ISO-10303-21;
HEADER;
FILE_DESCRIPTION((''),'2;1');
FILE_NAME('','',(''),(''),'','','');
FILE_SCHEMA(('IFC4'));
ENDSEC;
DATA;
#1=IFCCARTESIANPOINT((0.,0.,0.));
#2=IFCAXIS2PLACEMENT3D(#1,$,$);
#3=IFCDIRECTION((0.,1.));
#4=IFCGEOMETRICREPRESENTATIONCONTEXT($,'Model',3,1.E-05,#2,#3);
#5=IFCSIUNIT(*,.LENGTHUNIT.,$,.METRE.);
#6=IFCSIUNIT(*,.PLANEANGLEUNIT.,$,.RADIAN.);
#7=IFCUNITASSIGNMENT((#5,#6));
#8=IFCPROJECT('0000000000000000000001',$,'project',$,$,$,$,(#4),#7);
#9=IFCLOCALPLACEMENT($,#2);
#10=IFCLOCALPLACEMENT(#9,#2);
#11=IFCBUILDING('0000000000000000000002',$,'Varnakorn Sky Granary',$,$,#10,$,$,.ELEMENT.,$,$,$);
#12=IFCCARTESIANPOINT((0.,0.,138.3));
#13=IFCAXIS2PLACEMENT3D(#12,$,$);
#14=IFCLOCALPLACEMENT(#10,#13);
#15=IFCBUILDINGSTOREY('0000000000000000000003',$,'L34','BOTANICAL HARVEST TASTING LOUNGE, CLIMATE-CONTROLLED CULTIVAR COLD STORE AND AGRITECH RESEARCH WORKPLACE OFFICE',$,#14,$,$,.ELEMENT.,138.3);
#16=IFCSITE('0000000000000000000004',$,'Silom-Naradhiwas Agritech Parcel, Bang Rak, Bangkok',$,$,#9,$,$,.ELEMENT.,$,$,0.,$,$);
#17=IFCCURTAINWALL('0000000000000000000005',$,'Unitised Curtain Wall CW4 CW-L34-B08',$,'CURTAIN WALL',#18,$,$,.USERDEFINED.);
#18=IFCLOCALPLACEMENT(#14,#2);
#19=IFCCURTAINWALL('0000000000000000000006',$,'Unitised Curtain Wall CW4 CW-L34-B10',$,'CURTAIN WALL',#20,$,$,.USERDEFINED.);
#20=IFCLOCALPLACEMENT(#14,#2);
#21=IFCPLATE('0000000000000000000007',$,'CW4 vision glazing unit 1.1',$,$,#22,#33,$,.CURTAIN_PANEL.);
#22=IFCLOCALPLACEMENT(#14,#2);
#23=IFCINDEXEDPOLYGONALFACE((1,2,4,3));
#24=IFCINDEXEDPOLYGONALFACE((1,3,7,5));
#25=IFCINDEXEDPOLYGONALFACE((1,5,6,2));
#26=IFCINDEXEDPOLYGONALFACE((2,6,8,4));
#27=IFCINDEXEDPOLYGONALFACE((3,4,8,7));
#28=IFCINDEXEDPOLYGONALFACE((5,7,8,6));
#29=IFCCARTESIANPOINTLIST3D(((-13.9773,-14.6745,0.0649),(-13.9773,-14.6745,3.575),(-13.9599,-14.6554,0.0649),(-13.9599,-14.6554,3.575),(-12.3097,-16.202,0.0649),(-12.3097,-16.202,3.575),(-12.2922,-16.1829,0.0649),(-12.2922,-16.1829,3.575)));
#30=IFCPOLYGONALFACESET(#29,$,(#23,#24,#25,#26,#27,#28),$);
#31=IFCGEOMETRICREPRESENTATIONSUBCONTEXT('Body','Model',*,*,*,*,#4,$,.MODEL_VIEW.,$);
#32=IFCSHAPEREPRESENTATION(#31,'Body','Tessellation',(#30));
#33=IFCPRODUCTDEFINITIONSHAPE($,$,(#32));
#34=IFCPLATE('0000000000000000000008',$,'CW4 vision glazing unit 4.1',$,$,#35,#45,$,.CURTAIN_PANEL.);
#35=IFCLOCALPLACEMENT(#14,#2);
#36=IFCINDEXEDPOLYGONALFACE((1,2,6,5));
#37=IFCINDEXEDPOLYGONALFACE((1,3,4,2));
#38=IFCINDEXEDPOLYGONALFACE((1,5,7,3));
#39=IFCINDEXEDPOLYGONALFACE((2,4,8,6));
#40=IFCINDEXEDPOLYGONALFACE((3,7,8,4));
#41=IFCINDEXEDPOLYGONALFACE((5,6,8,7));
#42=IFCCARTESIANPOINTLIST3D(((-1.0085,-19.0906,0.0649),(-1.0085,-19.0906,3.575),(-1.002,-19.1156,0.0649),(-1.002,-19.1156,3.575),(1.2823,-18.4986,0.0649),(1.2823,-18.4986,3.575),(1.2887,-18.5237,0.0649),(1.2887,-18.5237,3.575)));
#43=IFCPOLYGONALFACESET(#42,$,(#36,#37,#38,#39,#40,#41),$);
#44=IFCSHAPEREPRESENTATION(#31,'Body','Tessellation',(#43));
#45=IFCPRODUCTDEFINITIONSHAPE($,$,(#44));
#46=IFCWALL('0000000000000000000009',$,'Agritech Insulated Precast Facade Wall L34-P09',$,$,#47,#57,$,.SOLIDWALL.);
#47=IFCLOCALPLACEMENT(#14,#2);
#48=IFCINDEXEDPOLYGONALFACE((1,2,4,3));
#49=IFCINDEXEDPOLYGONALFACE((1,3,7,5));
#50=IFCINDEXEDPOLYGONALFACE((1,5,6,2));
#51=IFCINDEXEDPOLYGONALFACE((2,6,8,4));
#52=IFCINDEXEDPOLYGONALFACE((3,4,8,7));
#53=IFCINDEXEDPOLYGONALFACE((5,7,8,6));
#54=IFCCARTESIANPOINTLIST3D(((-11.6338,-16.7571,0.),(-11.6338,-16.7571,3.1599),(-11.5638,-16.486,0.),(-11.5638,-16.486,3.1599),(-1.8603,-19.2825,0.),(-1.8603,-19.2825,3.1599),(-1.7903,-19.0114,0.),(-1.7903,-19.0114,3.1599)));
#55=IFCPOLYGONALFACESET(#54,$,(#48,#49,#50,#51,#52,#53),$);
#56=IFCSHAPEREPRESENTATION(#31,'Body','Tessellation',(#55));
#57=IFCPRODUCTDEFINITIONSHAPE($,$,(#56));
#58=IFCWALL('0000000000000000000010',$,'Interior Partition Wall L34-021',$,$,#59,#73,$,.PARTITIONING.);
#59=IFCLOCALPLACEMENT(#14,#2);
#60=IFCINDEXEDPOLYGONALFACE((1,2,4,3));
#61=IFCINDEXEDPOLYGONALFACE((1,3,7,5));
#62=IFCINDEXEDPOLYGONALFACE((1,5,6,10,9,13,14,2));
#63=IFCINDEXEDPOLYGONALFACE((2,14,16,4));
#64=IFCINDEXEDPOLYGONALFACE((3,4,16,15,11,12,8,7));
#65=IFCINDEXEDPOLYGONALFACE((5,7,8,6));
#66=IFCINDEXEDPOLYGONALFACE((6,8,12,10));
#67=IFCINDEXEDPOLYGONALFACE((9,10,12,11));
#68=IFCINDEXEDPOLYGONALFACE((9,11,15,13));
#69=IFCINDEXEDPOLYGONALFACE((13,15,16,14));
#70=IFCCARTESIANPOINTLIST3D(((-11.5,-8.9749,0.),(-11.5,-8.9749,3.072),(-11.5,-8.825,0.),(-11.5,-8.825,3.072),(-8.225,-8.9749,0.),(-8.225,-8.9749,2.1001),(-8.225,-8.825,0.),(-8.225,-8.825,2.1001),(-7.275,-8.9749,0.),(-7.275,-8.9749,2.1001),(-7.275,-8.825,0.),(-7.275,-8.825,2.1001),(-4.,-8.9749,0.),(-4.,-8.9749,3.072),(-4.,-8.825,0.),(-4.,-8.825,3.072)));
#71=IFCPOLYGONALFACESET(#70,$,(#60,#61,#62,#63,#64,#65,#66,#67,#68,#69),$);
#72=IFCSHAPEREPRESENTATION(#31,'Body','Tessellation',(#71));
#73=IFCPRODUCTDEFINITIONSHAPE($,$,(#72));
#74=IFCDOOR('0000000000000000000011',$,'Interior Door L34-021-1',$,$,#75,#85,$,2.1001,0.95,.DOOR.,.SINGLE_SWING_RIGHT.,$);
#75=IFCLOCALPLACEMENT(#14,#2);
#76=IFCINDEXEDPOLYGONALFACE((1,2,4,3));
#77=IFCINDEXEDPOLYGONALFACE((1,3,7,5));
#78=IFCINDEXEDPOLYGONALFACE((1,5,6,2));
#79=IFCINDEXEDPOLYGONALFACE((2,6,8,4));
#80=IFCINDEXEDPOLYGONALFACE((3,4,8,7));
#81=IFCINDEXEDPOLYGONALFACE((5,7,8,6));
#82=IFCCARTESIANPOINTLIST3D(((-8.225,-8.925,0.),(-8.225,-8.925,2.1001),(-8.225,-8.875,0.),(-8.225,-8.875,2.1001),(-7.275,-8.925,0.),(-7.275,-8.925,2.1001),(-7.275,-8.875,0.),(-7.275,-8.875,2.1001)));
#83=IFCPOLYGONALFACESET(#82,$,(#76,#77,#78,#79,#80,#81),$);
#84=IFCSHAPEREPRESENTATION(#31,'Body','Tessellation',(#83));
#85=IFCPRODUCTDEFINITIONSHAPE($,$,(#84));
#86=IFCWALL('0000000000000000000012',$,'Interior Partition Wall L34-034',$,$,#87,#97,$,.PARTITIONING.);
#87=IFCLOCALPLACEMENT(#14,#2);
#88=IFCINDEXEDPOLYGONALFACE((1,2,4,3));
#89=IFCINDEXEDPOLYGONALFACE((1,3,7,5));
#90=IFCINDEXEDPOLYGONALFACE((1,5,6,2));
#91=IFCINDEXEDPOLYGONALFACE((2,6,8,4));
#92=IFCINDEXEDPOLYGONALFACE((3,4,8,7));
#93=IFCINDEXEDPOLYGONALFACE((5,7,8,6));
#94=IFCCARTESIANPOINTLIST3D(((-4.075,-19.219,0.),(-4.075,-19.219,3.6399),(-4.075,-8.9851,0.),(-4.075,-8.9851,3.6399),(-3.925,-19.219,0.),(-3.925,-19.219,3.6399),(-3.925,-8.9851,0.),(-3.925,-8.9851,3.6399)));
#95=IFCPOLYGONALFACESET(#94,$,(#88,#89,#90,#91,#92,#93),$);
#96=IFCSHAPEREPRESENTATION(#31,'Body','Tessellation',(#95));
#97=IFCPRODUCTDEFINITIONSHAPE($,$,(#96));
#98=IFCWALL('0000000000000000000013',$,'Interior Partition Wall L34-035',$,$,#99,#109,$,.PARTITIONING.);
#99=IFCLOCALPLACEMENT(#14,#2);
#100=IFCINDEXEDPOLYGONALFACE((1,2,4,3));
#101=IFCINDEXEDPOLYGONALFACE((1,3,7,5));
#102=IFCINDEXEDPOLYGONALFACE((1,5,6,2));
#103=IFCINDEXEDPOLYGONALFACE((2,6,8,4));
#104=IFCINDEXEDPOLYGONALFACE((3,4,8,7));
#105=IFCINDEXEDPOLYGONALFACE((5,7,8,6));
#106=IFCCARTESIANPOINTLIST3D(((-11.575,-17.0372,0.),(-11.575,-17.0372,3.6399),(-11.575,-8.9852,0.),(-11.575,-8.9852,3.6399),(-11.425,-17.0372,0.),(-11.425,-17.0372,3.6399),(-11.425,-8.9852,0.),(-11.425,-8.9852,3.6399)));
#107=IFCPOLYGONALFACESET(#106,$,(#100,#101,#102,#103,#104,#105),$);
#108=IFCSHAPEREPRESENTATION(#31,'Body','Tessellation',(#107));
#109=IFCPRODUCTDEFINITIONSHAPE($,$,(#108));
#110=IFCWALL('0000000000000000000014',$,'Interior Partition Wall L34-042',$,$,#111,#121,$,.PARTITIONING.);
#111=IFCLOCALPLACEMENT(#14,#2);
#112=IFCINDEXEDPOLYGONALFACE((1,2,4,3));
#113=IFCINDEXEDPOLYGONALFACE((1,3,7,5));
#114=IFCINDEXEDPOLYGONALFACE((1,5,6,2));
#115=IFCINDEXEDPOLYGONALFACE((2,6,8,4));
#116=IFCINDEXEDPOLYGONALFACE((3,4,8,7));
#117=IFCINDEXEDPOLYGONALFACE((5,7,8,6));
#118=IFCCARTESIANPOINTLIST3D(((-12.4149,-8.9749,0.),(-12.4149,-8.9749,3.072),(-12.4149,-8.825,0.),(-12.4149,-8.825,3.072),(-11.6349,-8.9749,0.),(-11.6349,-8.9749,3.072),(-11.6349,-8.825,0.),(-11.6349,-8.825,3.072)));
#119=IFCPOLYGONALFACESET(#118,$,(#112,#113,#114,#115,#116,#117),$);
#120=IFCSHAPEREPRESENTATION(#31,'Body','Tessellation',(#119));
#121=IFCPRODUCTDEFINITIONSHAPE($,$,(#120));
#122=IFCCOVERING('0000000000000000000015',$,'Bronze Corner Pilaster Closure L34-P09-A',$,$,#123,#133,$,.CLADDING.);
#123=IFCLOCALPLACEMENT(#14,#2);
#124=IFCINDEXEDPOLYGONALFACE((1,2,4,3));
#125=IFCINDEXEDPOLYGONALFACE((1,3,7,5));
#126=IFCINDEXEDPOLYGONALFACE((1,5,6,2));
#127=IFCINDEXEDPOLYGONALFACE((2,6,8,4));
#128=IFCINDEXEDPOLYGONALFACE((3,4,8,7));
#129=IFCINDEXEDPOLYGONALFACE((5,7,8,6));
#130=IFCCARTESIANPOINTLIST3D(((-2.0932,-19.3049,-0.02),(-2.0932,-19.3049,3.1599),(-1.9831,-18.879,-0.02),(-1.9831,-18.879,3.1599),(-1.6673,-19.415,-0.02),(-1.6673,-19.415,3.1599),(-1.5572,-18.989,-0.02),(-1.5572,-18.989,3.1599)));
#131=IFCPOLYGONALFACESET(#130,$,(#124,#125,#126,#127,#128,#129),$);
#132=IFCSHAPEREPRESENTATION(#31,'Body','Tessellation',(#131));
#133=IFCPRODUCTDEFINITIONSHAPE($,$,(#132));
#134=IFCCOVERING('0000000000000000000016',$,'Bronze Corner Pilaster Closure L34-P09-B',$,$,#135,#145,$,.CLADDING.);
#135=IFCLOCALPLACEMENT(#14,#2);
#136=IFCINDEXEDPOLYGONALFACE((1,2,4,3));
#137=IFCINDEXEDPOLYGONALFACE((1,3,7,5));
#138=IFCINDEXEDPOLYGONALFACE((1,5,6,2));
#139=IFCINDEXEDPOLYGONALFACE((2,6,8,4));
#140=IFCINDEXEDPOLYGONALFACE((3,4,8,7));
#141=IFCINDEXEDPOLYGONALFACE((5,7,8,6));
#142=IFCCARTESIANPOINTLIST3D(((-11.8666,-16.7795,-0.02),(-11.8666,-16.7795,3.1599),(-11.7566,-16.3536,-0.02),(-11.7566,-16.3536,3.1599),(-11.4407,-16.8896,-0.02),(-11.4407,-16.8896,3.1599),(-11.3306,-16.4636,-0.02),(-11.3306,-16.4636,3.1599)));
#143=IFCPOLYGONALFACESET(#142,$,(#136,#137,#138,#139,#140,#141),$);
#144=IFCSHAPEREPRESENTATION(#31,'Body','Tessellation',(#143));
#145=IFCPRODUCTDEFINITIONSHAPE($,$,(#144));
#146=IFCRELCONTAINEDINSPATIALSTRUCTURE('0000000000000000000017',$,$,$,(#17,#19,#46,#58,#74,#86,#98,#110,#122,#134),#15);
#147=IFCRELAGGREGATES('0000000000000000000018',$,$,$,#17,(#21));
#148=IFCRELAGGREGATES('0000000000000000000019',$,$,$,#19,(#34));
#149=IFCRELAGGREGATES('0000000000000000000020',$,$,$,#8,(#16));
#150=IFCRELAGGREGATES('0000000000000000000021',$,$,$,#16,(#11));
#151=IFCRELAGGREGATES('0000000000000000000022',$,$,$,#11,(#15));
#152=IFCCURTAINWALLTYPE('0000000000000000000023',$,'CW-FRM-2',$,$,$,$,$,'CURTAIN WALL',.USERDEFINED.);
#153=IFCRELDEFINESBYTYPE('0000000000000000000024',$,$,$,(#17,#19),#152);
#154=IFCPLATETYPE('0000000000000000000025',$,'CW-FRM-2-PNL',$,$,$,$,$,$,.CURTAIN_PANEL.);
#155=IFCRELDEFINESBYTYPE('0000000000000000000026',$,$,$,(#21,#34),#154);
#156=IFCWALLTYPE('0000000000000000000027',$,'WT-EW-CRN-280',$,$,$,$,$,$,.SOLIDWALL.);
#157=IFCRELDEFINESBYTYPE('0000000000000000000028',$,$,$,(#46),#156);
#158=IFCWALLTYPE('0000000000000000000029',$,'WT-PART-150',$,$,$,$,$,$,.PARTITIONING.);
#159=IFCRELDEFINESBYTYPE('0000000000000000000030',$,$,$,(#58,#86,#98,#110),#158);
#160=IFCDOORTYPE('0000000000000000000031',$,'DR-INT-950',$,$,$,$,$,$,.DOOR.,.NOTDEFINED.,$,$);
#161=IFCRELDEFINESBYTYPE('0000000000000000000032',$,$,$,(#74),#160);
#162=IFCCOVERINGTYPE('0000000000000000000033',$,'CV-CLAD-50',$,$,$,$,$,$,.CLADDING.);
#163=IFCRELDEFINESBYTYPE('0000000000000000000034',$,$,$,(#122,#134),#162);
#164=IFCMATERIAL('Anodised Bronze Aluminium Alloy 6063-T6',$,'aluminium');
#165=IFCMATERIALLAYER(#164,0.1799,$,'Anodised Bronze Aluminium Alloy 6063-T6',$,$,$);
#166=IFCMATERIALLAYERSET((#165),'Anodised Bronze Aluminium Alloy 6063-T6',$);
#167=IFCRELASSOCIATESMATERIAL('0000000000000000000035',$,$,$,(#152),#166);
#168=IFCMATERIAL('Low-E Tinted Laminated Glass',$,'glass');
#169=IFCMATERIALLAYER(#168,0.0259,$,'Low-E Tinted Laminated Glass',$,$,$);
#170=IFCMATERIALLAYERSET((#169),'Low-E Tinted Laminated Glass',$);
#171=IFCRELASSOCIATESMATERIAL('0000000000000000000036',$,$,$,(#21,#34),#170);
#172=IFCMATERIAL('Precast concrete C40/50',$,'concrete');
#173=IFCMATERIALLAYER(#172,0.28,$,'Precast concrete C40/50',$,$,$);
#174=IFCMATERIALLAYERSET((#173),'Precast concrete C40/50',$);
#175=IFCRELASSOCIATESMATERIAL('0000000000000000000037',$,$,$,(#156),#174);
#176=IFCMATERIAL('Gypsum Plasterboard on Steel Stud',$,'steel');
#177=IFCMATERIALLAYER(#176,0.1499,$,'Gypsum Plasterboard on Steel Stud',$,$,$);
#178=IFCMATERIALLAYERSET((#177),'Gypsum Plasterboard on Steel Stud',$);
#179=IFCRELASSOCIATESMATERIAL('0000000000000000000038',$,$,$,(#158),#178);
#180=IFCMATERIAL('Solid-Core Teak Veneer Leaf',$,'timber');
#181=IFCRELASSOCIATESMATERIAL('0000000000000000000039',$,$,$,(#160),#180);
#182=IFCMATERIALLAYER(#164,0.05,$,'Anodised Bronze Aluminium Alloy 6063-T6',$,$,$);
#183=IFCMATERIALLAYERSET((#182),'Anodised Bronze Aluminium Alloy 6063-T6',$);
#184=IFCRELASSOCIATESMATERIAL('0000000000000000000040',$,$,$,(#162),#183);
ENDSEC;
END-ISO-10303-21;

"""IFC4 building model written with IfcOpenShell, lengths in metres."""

from ifc_helpers import new_model, si_unit, direction, frame, frame_2d, origin, origin_2d, place, context, subcontext, project, spatial, rectangle, extrude, source, transform, mapped, material, layer, layer_set, type_object, type_shapes, element, fill, aggregate, save


model = new_model("IFC4")

# Units and contexts
model_context = context("Model", 3, precision=1e-05, world=origin(), true_north=direction((0.0, 1.0)))
body_context = subcontext(model_context, "Body", "Model", "MODEL_VIEW")
ifc_project = project(units=[si_unit("LENGTHUNIT", "METRE"), si_unit("PLANEANGLEUNIT", "RADIAN")], contexts=[model_context])

# Site, building, storey
site_placement = place(None, origin())
site = spatial("IfcSite", under=ifc_project, at=site_placement, Name="Silom-Naradhiwas Agritech Parcel, Bang Rak, Bangkok", CompositionType="ELEMENT", RefElevation=0.0)
building_placement = place(site_placement, origin())
building = spatial("IfcBuilding", under=site, at=building_placement, Name="Varnakorn Sky Granary", CompositionType="ELEMENT")
storey_placement = place(building_placement, frame((0.0, 0.0, 138.3)))
storey = spatial("IfcBuildingStorey", under=building, at=storey_placement, Name="L34", Description="BOTANICAL HARVEST TASTING LOUNGE, CLIMATE-CONTROLLED CULTIVAR COLD STORE AND AGRITECH RESEARCH WORKPLACE OFFICE", CompositionType="ELEMENT", Elevation=138.3)

# Curtain walls
ifc_material_1 = material(Name="Anodised Bronze Aluminium Alloy 6063-T6", Category="aluminium")
ifc_layer_1 = layer(ifc_material_1, 0.1799, Name="Anodised Bronze Aluminium Alloy 6063-T6")
ifc_layer_set_1 = layer_set([ifc_layer_1], Name="Anodised Bronze Aluminium Alloy 6063-T6")
curtain_wall_type = type_object("IfcCurtainWallType", Name="CW-FRM-2", ElementType="CURTAIN WALL", PredefinedType="USERDEFINED", material=ifc_layer_set_1)
curtain_wall_1_placement = place(storey_placement, origin())
curtain_wall_1 = element("IfcCurtainWall", 1, at=curtain_wall_1_placement, inside=storey, type_object=curtain_wall_type, Name="Unitised Curtain Wall CW4 CW-L34-B08", ObjectType="CURTAIN WALL", PredefinedType="USERDEFINED")
curtain_wall_2_placement = place(storey_placement, origin())
curtain_wall_2 = element("IfcCurtainWall", 2, at=curtain_wall_2_placement, inside=storey, type_object=curtain_wall_type, Name="Unitised Curtain Wall CW4 CW-L34-B10", ObjectType="CURTAIN WALL", PredefinedType="USERDEFINED")

# Plates
ifc_material_2 = material(Name="Low-E Tinted Laminated Glass", Category="glass")
ifc_layer_2 = layer(ifc_material_2, 0.0259, Name="Low-E Tinted Laminated Glass")
ifc_layer_set_2 = layer_set([ifc_layer_2], Name="Low-E Tinted Laminated Glass")
plate_type = type_object("IfcPlateType", Name="CW-FRM-2-PNL", PredefinedType="CURTAIN_PANEL")
shared_shape_1 = source(origin(), body_context, "Body", "SweptSolid", [
    extrude(rectangle(XDim=2.2615, YDim=0.0259, at=origin_2d()), origin(), (0.0, 0.0, 1.0), 3.51),
])
plate_1_placement = place(storey_placement, frame((-13.1348, -15.4287, 0.0649), z_axis=(0.0, 0.0, 1.0), x_axis=(-0.737417, 0.675438, 0.0)))
plate_1 = element("IfcPlate", 3, at=plate_1_placement, type_object=plate_type, material=ifc_layer_set_2, Name="CW4 vision glazing unit 1.1", PredefinedType="CURTAIN_PANEL", context=body_context, shape_type="MappedRepresentation", body=[
    mapped(shared_shape_1, transform((0.0, 0.0, 0.0), x_axis=(1.0, 0.0, 0.0), y_axis=(0.0, 1.0, 0.0), z_axis=(0.0, 0.0, 1.0), scale=1.0)),
])
aggregate(curtain_wall_1, [plate_1])
shared_shape_2 = source(origin(), body_context, "Body", "SweptSolid", [
    extrude(rectangle(XDim=2.366, YDim=0.0259, at=origin_2d()), origin(), (0.0, 0.0, 1.0), 3.51),
])
type_shapes(plate_type, [shared_shape_1, shared_shape_2])
plate_2_placement = place(storey_placement, frame((0.1401, -18.8071, 0.0649), z_axis=(0.0, 0.0, 1.0), x_axis=(-0.968201, -0.250174, 0.0)))
plate_2 = element("IfcPlate", 4, at=plate_2_placement, type_object=plate_type, material=ifc_layer_set_2, Name="CW4 vision glazing unit 4.1", PredefinedType="CURTAIN_PANEL", context=body_context, shape_type="MappedRepresentation", body=[
    mapped(shared_shape_2, transform((0.0, 0.0, 0.0), x_axis=(1.0, 0.0, 0.0), y_axis=(0.0, 1.0, 0.0), z_axis=(0.0, 0.0, 1.0), scale=1.0)),
])
aggregate(curtain_wall_2, [plate_2])

# Wall
ifc_material_3 = material(Name="Precast concrete C40/50", Category="concrete")
ifc_layer_3 = layer(ifc_material_3, 0.28, Name="Precast concrete C40/50")
ifc_layer_set_3 = layer_set([ifc_layer_3], Name="Precast concrete C40/50")
wall_type_1 = type_object("IfcWallType", Name="WT-EW-CRN-280", PredefinedType="SOLIDWALL", material=ifc_layer_set_3)
wall_1_placement = place(storey_placement, frame((-1.8252, -19.147, 0.0), z_axis=(0.0, 0.0, 1.0), x_axis=(-0.9682, 0.250176, 0.0)))
element("IfcWall", 5, at=wall_1_placement, inside=storey, type_object=wall_type_1, Name="Agritech Insulated Precast Facade Wall L34-P09", PredefinedType="SOLIDWALL", context=body_context, shape_type="SweptSolid", body=[
    extrude(rectangle(XDim=10.0945, YDim=0.28, at=frame_2d((5.0474, 0.0))), origin(), (0.0, 0.0, 1.0), 3.1599),
])

# Wall, opening, door
ifc_material_4 = material(Name="Gypsum Plasterboard on Steel Stud", Category="steel")
ifc_layer_4 = layer(ifc_material_4, 0.1499, Name="Gypsum Plasterboard on Steel Stud")
ifc_layer_set_4 = layer_set([ifc_layer_4], Name="Gypsum Plasterboard on Steel Stud")
wall_type_2 = type_object("IfcWallType", Name="WT-PART-150", PredefinedType="PARTITIONING", material=ifc_layer_set_4)
wall_2_placement = place(storey_placement, frame((-11.5, -8.8999, 0.0), z_axis=(0.0, 0.0, 1.0), x_axis=(1.0, 0.0, 0.0)))
wall_2 = element("IfcWall", 6, at=wall_2_placement, inside=storey, type_object=wall_type_2, Name="Interior Partition Wall L34-021", PredefinedType="PARTITIONING", context=body_context, shape_type="SweptSolid", body=[
    extrude(rectangle(XDim=7.5, YDim=0.1499, at=frame_2d((3.75, 0.0))), origin(), (0.0, 0.0, 1.0), 3.072),
])
opening_placement = place(wall_2_placement, frame((3.2749, 0.0, 0.0)))
opening = element("IfcOpeningElement", 7, at=opening_placement, cuts=wall_2, PredefinedType="OPENING", context=body_context, shape_type="SweptSolid", body=[
    extrude(rectangle(XDim=0.95, YDim=2.1001, at=frame_2d((0.4751, 1.05))), frame((0.0, 0.085, 0.0), z_axis=(0.0, -1.0, 0.0), x_axis=(1.0, 0.0, 0.0)), (0.0, 0.0, 1.0), 0.1699),
])
ifc_material_5 = material(Name="Solid-Core Teak Veneer Leaf", Category="timber")
door_type = type_object("IfcDoorType", Name="DR-INT-950", OperationType="NOTDEFINED", PredefinedType="DOOR", material=ifc_material_5)
door_placement = place(opening_placement, origin())
door = element("IfcDoor", 8, at=door_placement, inside=storey, type_object=door_type, Name="Interior Door L34-021-1", OperationType="SINGLE_SWING_RIGHT", OverallHeight=2.1001, OverallWidth=0.95, PredefinedType="DOOR", context=body_context, shape_type="SweptSolid", body=[
    extrude(rectangle(XDim=0.95, YDim=2.1001, at=frame_2d((0.4751, 1.05))), frame((0.0, 0.0249, 0.0), z_axis=(0.0, -1.0, 0.0), x_axis=(1.0, 0.0, 0.0)), (0.0, 0.0, 1.0), 0.05),
])
fill(opening, door)

# Walls
wall_3_placement = place(storey_placement, frame((-4.0, -8.9851, 0.0), z_axis=(0.0, 0.0, 1.0), x_axis=(0.0, -1.0, 0.0)))
element("IfcWall", 9, at=wall_3_placement, inside=storey, type_object=wall_type_2, Name="Interior Partition Wall L34-034", PredefinedType="PARTITIONING", context=body_context, shape_type="SweptSolid", body=[
    extrude(rectangle(XDim=10.2339, YDim=0.1499, at=frame_2d((5.1169, 0.0))), origin(), (0.0, 0.0, 1.0), 3.6399),
])
wall_4_placement = place(storey_placement, frame((-11.5, -17.0371, 0.0), z_axis=(0.0, 0.0, 1.0), x_axis=(0.0, 1.0, 0.0)))
element("IfcWall", 10, at=wall_4_placement, inside=storey, type_object=wall_type_2, Name="Interior Partition Wall L34-035", PredefinedType="PARTITIONING", context=body_context, shape_type="SweptSolid", body=[
    extrude(rectangle(XDim=8.052, YDim=0.1499, at=frame_2d((4.0259, 0.0))), origin(), (0.0, 0.0, 1.0), 3.6399),
])
wall_5_placement = place(storey_placement, frame((-12.415, -8.8999, 0.0), z_axis=(0.0, 0.0, 1.0), x_axis=(1.0, 0.0, 0.0)))
element("IfcWall", 11, at=wall_5_placement, inside=storey, type_object=wall_type_2, Name="Interior Partition Wall L34-042", PredefinedType="PARTITIONING", context=body_context, shape_type="SweptSolid", body=[
    extrude(rectangle(XDim=0.78, YDim=0.1499, at=frame_2d((0.3901, 0.0))), origin(), (0.0, 0.0, 1.0), 3.072),
])

# Coverings
ifc_layer_5 = layer(ifc_material_1, 0.05, Name="Anodised Bronze Aluminium Alloy 6063-T6")
ifc_layer_set_5 = layer_set([ifc_layer_5], Name="Anodised Bronze Aluminium Alloy 6063-T6")
covering_type = type_object("IfcCoveringType", Name="CV-CLAD-50", PredefinedType="CLADDING", material=ifc_layer_set_5)
shared_shape_3 = source(origin(), body_context, "Body", "SweptSolid", [
    extrude(rectangle(XDim=0.4399, YDim=0.4399, at=origin_2d()), origin(), (0.0, 0.0, 1.0), 3.1799),
])
type_shapes(covering_type, [shared_shape_3])
for number, where, z_axis, x_axis, name in (
    (12, (-1.8252, -19.147, -0.02), (0.0, 0.0, 1.0), (-0.968191, 0.250211, 0.0), "Bronze Corner Pilaster Closure L34-P09-A"),
    (13, (-11.5986, -16.6216, -0.02), (0.0, 0.0, 1.0), (-0.968191, 0.250211, 0.0), "Bronze Corner Pilaster Closure L34-P09-B"),
):
    element("IfcCovering", number, at=place(storey_placement, frame(where, z_axis=z_axis, x_axis=x_axis)), inside=storey, type_object=covering_type, Name=name, PredefinedType="CLADDING", context=body_context, shape_type="MappedRepresentation", body=[
        mapped(shared_shape_3, transform((0.0, 0.0, 0.0), x_axis=(1.0, 0.0, 0.0), y_axis=(0.0, 1.0, 0.0), z_axis=(0.0, 0.0, 1.0), scale=1.0)),
    ])

save(model, "model.ifc")
